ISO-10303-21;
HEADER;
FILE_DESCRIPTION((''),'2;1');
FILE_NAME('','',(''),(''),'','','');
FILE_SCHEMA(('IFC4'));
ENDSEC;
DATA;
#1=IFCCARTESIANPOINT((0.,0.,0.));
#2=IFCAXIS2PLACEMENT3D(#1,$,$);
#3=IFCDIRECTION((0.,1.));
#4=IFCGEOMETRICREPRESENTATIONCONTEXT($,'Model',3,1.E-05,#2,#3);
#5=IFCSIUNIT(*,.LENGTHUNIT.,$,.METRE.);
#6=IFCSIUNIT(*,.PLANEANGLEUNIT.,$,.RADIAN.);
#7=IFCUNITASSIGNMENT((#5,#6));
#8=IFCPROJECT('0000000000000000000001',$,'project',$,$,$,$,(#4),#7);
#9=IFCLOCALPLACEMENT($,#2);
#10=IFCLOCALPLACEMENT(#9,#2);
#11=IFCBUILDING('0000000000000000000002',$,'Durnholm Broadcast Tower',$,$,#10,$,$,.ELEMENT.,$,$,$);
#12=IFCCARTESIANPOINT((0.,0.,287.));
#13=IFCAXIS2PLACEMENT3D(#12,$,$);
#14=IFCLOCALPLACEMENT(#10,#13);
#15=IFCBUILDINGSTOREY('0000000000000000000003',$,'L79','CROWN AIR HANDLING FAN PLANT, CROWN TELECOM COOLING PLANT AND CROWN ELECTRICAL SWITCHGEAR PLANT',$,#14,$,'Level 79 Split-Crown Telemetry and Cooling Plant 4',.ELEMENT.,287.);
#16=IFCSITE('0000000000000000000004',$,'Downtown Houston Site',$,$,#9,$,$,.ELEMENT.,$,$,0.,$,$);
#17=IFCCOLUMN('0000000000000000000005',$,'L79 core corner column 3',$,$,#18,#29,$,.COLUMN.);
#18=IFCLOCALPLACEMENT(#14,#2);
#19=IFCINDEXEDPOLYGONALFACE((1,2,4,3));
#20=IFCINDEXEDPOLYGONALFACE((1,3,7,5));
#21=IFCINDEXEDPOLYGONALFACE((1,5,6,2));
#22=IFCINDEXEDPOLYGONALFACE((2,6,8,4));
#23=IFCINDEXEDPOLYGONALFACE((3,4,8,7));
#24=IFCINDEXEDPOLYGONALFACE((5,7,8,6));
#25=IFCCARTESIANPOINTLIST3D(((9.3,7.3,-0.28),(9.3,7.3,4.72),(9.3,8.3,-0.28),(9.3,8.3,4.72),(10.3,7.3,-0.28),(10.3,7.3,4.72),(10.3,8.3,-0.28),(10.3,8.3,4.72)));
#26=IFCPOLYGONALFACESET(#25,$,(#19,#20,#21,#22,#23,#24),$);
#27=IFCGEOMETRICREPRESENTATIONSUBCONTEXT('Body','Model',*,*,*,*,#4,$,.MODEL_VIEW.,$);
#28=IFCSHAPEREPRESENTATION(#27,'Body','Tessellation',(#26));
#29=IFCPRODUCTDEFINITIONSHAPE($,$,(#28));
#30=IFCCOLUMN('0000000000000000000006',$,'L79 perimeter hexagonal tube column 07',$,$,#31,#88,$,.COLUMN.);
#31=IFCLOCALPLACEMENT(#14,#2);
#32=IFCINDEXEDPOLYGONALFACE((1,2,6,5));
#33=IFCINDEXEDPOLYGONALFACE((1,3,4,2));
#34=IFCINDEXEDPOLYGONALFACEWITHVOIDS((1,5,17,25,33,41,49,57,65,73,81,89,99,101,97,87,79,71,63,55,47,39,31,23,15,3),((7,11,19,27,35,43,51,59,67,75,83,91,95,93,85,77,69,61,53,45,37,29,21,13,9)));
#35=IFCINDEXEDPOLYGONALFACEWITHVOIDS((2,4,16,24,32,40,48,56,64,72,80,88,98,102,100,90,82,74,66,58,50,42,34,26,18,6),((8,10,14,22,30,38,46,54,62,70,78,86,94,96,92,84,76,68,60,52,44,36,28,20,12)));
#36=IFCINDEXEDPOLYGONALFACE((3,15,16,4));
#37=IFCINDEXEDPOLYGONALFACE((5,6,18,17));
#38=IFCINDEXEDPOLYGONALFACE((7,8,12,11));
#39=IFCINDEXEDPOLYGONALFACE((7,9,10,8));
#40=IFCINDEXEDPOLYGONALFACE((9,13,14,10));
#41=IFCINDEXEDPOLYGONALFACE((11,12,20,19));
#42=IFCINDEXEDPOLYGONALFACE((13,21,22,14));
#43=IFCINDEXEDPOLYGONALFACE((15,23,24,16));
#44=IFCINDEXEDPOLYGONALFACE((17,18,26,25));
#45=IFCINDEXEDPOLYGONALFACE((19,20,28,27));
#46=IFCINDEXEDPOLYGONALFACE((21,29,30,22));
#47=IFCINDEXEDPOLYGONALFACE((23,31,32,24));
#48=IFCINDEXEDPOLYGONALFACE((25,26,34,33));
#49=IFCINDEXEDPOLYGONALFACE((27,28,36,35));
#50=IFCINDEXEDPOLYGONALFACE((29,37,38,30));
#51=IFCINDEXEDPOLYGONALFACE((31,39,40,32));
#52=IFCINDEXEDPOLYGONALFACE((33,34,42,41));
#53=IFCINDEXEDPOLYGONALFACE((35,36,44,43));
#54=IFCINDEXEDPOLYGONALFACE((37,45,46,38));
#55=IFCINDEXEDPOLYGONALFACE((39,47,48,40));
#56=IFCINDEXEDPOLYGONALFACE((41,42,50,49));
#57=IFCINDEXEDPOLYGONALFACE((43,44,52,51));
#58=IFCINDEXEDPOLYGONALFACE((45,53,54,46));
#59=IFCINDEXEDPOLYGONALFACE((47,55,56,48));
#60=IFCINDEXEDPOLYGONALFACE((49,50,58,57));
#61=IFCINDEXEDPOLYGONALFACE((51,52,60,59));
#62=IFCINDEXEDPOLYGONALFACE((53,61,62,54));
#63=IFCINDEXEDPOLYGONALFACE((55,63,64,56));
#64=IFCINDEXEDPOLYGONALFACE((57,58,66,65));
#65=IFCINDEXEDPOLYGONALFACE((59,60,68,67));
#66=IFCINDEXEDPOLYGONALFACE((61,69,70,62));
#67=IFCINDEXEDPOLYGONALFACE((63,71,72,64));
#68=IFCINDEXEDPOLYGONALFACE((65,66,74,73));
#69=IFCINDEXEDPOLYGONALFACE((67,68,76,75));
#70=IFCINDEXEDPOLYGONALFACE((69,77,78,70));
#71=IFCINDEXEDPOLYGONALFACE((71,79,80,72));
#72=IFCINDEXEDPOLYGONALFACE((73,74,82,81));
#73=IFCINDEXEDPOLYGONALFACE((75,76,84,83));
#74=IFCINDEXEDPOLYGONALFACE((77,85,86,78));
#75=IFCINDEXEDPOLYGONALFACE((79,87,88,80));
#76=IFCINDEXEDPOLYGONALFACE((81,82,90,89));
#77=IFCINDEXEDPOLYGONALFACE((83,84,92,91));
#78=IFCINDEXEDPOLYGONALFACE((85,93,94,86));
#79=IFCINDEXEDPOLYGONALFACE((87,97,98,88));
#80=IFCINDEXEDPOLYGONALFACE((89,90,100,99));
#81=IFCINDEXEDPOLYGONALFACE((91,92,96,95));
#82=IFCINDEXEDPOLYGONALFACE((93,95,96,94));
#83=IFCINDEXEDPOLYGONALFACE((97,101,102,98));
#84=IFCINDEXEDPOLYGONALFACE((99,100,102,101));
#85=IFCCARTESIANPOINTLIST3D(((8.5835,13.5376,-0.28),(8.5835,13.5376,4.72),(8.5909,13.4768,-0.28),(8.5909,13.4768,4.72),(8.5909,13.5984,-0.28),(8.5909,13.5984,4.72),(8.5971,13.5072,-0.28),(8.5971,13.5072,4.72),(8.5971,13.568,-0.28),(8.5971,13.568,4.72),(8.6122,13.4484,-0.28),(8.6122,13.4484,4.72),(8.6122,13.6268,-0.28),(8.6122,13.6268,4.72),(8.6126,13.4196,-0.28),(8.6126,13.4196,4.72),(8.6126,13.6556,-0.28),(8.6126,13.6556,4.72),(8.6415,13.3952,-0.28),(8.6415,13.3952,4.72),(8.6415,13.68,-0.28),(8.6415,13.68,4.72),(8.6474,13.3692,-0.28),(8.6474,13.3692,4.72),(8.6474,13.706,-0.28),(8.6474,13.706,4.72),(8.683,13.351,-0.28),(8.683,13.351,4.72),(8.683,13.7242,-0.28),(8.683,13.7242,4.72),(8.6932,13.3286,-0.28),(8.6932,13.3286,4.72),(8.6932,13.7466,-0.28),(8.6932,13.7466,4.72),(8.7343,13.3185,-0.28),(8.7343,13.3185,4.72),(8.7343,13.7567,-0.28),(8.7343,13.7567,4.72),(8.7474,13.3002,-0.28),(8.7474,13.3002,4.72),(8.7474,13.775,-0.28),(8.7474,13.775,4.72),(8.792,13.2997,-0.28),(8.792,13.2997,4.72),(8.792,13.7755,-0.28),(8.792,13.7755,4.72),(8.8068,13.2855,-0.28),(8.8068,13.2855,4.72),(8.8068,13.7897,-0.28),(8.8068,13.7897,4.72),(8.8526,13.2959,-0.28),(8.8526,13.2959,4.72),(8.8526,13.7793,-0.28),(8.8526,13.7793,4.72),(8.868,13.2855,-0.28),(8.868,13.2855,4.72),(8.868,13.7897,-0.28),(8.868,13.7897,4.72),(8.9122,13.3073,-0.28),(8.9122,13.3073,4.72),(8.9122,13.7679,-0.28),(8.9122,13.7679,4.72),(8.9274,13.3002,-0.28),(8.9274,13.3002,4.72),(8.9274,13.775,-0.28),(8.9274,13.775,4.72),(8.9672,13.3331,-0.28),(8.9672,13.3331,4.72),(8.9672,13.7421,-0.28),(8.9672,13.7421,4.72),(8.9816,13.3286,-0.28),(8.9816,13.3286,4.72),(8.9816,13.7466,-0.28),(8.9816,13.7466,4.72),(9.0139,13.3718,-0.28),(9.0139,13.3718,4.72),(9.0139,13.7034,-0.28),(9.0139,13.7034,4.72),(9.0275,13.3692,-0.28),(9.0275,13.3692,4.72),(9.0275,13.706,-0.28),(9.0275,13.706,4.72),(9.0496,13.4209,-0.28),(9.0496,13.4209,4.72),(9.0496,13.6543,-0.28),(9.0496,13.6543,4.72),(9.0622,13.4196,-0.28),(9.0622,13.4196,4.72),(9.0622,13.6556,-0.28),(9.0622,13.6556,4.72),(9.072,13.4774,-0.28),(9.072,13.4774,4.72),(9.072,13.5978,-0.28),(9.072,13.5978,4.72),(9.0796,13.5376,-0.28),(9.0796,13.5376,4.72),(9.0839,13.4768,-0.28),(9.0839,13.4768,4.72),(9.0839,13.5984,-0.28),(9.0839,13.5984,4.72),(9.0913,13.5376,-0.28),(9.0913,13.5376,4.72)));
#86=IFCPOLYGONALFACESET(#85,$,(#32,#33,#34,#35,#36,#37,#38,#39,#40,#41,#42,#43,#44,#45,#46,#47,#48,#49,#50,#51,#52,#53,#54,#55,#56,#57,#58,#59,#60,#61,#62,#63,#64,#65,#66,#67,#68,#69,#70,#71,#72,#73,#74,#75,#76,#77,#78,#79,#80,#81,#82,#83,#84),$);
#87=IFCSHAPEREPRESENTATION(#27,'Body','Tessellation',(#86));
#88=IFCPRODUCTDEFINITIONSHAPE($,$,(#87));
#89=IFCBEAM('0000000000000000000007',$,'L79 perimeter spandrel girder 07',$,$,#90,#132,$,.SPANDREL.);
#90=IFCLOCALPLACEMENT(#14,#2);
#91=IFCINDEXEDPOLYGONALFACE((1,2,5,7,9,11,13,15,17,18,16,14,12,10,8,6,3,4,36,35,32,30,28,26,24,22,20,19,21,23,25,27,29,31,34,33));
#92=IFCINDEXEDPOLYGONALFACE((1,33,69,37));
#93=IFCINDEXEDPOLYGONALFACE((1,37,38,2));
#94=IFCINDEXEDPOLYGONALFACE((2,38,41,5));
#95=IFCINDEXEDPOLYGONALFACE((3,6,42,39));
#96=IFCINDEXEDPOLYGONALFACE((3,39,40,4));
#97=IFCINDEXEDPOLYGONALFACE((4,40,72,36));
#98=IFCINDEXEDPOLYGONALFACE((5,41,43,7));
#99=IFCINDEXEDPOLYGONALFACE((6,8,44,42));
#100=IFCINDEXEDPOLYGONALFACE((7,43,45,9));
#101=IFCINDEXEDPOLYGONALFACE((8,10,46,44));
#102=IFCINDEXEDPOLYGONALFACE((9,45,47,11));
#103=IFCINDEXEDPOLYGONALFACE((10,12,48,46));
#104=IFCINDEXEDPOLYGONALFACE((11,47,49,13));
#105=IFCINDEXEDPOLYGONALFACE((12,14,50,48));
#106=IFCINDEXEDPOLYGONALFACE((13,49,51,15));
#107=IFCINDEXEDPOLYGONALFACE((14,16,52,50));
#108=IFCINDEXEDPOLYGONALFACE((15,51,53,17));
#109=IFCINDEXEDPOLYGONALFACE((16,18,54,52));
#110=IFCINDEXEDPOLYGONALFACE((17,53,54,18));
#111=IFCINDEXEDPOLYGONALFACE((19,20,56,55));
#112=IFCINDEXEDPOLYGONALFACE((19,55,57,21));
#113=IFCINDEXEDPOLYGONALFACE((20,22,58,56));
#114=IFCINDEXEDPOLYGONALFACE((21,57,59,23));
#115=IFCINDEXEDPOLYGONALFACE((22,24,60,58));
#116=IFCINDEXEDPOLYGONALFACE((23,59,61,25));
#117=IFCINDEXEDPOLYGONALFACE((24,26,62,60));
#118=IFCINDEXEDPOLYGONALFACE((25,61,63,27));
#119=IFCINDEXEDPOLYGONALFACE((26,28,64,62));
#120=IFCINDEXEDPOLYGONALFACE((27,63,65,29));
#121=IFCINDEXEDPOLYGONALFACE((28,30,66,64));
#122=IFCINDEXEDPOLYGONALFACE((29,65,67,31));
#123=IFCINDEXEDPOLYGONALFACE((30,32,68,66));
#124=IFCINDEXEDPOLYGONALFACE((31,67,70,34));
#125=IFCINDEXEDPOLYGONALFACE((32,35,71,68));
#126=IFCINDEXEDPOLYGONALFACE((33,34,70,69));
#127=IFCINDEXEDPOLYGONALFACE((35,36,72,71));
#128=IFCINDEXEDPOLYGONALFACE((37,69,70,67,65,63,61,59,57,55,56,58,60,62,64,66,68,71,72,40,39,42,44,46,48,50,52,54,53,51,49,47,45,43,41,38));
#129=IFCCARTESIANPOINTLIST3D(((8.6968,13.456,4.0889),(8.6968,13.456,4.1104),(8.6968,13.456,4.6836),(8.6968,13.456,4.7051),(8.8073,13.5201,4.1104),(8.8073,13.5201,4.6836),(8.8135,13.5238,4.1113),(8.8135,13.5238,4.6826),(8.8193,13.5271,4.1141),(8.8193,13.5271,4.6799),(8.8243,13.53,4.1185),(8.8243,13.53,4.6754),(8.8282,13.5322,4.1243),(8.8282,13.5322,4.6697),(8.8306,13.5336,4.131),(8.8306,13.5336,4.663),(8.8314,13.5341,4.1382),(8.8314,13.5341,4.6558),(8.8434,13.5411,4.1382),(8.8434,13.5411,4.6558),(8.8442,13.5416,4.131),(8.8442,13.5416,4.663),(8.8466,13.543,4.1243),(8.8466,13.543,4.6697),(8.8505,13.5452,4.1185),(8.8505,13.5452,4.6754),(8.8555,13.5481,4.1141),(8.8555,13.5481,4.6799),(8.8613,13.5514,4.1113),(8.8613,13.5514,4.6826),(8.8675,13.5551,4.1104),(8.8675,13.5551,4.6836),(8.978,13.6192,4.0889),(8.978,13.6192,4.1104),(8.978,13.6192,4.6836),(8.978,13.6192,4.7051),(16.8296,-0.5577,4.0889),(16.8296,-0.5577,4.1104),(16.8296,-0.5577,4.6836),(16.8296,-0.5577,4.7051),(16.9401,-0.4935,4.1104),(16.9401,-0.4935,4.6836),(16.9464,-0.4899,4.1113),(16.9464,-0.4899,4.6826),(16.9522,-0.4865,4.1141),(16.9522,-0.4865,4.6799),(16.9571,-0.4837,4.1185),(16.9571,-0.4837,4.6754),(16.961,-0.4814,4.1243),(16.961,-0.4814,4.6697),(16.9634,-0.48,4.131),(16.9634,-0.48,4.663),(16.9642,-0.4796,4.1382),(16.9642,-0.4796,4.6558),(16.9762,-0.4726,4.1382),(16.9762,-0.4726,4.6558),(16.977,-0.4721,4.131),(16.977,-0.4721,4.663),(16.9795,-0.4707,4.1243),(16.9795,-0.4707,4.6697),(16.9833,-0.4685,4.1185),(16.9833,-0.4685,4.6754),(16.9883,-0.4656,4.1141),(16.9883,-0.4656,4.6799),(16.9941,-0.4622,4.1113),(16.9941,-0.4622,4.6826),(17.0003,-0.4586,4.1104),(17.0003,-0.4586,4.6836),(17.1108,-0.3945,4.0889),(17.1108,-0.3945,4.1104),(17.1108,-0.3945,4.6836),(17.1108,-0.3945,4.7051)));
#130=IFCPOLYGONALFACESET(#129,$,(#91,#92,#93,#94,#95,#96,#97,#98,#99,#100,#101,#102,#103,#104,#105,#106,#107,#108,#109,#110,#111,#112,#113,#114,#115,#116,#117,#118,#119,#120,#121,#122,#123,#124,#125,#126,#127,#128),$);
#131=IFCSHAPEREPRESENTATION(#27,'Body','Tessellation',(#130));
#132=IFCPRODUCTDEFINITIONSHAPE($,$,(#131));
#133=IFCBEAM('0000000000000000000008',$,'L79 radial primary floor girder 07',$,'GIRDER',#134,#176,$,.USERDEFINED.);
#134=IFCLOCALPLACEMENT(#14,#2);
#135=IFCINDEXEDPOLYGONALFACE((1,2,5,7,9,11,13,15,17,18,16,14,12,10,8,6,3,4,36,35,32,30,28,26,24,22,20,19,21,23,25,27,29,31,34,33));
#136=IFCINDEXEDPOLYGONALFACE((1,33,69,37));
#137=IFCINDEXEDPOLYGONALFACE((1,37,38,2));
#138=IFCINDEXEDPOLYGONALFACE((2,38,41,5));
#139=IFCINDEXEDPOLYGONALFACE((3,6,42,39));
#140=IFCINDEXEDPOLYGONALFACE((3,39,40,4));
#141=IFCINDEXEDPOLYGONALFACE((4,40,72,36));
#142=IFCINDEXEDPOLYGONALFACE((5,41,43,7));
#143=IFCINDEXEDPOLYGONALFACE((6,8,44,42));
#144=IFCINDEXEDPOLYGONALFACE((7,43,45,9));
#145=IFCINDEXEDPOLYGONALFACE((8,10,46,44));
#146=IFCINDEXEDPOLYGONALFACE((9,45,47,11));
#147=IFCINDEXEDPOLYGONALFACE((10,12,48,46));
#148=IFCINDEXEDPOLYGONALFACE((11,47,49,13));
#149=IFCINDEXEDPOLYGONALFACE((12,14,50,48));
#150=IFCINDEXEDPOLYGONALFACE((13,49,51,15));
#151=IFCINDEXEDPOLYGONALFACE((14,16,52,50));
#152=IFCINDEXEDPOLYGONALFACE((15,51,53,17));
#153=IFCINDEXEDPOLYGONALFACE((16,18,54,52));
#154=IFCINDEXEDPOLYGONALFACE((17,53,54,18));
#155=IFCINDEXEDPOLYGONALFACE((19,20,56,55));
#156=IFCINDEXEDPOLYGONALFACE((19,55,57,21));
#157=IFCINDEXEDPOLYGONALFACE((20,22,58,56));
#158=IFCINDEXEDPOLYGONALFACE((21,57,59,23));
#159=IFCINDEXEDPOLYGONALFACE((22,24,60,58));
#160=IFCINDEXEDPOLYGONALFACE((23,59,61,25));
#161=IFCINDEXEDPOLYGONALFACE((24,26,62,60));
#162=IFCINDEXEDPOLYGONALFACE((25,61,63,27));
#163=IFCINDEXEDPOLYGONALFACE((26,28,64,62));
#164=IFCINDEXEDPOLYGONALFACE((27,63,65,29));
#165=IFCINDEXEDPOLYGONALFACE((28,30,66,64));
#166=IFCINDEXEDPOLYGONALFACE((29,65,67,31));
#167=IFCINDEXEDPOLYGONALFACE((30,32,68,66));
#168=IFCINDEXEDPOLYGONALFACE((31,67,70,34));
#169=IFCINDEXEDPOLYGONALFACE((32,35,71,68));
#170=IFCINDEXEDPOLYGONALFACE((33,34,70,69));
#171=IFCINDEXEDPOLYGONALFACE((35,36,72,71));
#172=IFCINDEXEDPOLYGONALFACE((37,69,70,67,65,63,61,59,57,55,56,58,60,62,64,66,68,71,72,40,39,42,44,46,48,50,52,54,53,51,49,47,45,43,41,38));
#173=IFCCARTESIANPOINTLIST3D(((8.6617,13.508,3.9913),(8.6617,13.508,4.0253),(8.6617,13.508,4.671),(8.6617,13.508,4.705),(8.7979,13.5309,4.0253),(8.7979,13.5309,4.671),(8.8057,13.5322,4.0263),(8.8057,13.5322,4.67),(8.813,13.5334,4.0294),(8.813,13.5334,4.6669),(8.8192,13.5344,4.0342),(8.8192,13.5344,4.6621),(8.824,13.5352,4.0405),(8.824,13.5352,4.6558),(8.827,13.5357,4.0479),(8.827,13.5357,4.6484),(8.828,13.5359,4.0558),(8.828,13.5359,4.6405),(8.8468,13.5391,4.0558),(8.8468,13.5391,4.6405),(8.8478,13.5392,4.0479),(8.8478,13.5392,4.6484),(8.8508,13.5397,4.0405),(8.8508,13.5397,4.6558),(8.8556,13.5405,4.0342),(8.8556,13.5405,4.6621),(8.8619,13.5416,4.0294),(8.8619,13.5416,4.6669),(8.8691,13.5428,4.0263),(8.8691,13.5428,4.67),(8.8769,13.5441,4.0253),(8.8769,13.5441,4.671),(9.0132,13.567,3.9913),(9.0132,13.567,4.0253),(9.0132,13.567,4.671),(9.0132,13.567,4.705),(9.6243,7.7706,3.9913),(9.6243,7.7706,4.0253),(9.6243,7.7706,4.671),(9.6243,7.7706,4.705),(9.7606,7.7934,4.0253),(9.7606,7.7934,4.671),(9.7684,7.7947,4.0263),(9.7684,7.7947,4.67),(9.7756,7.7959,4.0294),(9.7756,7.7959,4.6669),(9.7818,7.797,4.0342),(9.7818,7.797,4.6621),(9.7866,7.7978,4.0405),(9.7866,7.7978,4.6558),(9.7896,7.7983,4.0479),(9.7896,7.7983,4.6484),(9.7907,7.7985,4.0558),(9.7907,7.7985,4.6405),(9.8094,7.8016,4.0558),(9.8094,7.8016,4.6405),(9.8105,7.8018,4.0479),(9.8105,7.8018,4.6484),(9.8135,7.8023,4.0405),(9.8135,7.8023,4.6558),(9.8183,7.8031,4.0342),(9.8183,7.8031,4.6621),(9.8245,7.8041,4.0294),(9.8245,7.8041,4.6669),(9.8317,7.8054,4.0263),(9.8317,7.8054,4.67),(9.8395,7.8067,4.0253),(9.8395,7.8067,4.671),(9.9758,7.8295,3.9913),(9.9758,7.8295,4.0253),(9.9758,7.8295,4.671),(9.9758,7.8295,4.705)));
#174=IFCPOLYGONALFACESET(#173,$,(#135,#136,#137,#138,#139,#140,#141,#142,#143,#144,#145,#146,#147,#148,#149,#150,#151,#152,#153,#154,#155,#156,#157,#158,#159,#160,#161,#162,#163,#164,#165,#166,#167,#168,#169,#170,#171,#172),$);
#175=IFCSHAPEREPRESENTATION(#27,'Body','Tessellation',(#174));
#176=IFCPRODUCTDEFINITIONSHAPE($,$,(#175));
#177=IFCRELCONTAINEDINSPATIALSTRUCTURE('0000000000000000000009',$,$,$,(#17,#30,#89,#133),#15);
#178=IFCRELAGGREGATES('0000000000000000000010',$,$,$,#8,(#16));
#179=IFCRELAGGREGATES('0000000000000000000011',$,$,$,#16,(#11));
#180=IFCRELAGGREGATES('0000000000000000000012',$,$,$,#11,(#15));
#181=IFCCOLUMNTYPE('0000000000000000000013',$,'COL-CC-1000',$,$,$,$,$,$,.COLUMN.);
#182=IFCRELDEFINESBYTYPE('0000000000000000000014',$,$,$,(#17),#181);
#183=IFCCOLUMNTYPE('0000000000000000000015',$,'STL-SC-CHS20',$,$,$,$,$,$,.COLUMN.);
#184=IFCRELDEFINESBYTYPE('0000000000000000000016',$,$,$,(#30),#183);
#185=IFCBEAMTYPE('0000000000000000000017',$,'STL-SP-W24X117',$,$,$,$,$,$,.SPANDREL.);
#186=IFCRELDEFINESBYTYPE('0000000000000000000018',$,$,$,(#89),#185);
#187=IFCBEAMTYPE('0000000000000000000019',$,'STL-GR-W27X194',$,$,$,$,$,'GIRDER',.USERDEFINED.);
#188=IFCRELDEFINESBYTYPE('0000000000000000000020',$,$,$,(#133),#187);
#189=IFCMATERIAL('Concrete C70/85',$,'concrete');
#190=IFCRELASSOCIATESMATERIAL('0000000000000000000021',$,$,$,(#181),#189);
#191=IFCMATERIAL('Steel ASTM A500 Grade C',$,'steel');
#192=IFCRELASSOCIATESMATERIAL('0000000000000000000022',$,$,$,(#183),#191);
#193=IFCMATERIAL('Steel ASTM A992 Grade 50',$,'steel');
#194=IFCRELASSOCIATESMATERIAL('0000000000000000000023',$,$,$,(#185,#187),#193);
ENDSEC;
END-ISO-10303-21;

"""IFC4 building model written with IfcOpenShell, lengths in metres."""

from ifc_helpers import new_model, si_unit, direction, frame, origin, origin_2d, place, context, subcontext, project, spatial, rectangle, hollow_circle, i_section, extrude, source, transform, mapped, material, material_profile, profile_set, type_object, type_shapes, element, save


model = new_model("IFC4")

# Units and contexts
model_context = context("Model", 3, precision=1e-05, world=origin(), true_north=direction((0.0, 1.0)))
body_context = subcontext(model_context, "Body", "Model", "MODEL_VIEW")
ifc_project = project(units=[si_unit("LENGTHUNIT", "METRE"), si_unit("PLANEANGLEUNIT", "RADIAN")], contexts=[model_context])

# Site, building, storey
site_placement = place(None, origin())
site = spatial("IfcSite", under=ifc_project, at=site_placement, Name="Downtown Houston Site", CompositionType="ELEMENT", RefElevation=0.0)
building_placement = place(site_placement, origin())
building = spatial("IfcBuilding", under=site, at=building_placement, Name="Durnholm Broadcast Tower", CompositionType="ELEMENT")
storey_placement = place(building_placement, frame((0.0, 0.0, 287.0)))
storey = spatial("IfcBuildingStorey", under=building, at=storey_placement, Name="L79", Description="CROWN AIR HANDLING FAN PLANT, CROWN TELECOM COOLING PLANT AND CROWN ELECTRICAL SWITCHGEAR PLANT", LongName="Level 79 Split-Crown Telemetry and Cooling Plant 4", CompositionType="ELEMENT", Elevation=287.0)

# Columns
ifc_material_1 = material(Name="Concrete C70/85", Category="concrete")
ifc_material_profile_1 = material_profile(ifc_material_1, rectangle(XDim=1.0, YDim=1.0, at=origin_2d()), Name="RC1000X1000")
ifc_profile_set_1 = profile_set([ifc_material_profile_1], Name="Concrete C70/85")
column_type_1 = type_object("IfcColumnType", Name="COL-CC-1000", PredefinedType="COLUMN", material=ifc_profile_set_1)
shared_shape_1 = source(origin(), body_context, "Body", "SweptSolid", [
    extrude(rectangle(XDim=1.0, YDim=1.0, at=origin_2d()), origin(), (0.0, 0.0, 1.0), 5.0),
])
type_shapes(column_type_1, [shared_shape_1])
column_1_placement = place(storey_placement, frame((9.8, 7.8, -0.28), z_axis=(0.0, 0.0, 1.0), x_axis=(1.0, 0.0, 0.0)))
element("IfcColumn", 1, at=column_1_placement, inside=storey, type_object=column_type_1, Name="L79 core corner column 3", PredefinedType="COLUMN", context=body_context, shape_type="MappedRepresentation", body=[
    mapped(shared_shape_1, transform((0.0, 0.0, 0.0), x_axis=(1.0, 0.0, 0.0), y_axis=(0.0, 1.0, 0.0), z_axis=(0.0, 0.0, 1.0), scale=1.0)),
])
ifc_material_2 = material(Name="Steel ASTM A500 Grade C", Category="steel")
ifc_material_profile_2 = material_profile(ifc_material_2, hollow_circle(Radius=0.2539, WallThickness=0.0117, at=origin_2d()), Name="HSS20.000X0.500")
ifc_profile_set_2 = profile_set([ifc_material_profile_2], Name="Steel ASTM A500 Grade C")
column_type_2 = type_object("IfcColumnType", Name="STL-SC-CHS20", PredefinedType="COLUMN", material=ifc_profile_set_2)
shared_shape_2 = source(origin(), body_context, "Body", "SweptSolid", [
    extrude(hollow_circle(Radius=0.2539, WallThickness=0.0117, at=origin_2d()), origin(), (0.0, 0.0, 1.0), 5.0),
])
type_shapes(column_type_2, [shared_shape_2])
column_2_placement = place(storey_placement, frame((8.8374, 13.5376, -0.28), z_axis=(0.0, 0.0, 1.0), x_axis=(1.0, 0.0, 0.0)))
element("IfcColumn", 2, at=column_2_placement, inside=storey, type_object=column_type_2, Name="L79 perimeter hexagonal tube column 07", PredefinedType="COLUMN", context=body_context, shape_type="MappedRepresentation", body=[
    mapped(shared_shape_2, transform((0.0, 0.0, 0.0), x_axis=(1.0, 0.0, 0.0), y_axis=(0.0, 1.0, 0.0), z_axis=(0.0, 0.0, 1.0), scale=1.0)),
])

# Beams
ifc_material_3 = material(Name="Steel ASTM A992 Grade 50", Category="steel")
ifc_material_profile_3 = material_profile(ifc_material_3, i_section(OverallWidth=0.3252, OverallDepth=0.6162, WebThickness=0.0139, FlangeThickness=0.0215, FilletRadius=0.0278, at=origin_2d()), Name="W24X117")
ifc_profile_set_3 = profile_set([ifc_material_profile_3], Name="Steel ASTM A992 Grade 50")
beam_type_1 = type_object("IfcBeamType", Name="STL-SP-W24X117", PredefinedType="SPANDREL", material=ifc_profile_set_3)
shared_shape_3 = source(origin(), body_context, "Body", "SweptSolid", [
    extrude(i_section(OverallWidth=0.3252, OverallDepth=0.6162, WebThickness=0.0139, FlangeThickness=0.0215, FilletRadius=0.0278, at=origin_2d()), origin(), (0.0, 0.0, 1.0), 16.2026),
])
type_shapes(beam_type_1, [shared_shape_3])
beam_1_placement = place(storey_placement, frame((8.8374, 13.5376, 4.397), z_axis=(0.501944, -0.8649, 0.0), x_axis=(0.8649, 0.501944, 0.0)))
element("IfcBeam", 3, at=beam_1_placement, inside=storey, type_object=beam_type_1, Name="L79 perimeter spandrel girder 07", PredefinedType="SPANDREL", context=body_context, shape_type="MappedRepresentation", body=[
    mapped(shared_shape_3, transform((0.0, 0.0, 0.0), x_axis=(1.0, 0.0, 0.0), y_axis=(0.0, 1.0, 0.0), z_axis=(0.0, 0.0, 1.0), scale=1.0)),
])
ifc_material_profile_4 = material_profile(ifc_material_3, i_section(OverallWidth=0.3564, OverallDepth=0.7136, WebThickness=0.019, FlangeThickness=0.0339, FilletRadius=0.0305, at=origin_2d()), Name="W27X194")
ifc_profile_set_4 = profile_set([ifc_material_profile_4], Name="Steel ASTM A992 Grade 50")
beam_type_2 = type_object("IfcBeamType", Name="STL-GR-W27X194", ElementType="GIRDER", PredefinedType="USERDEFINED", material=ifc_profile_set_4)
shared_shape_4 = source(origin(), body_context, "Body", "SweptSolid", [
    extrude(i_section(OverallWidth=0.3564, OverallDepth=0.7136, WebThickness=0.019, FlangeThickness=0.0339, FilletRadius=0.0305, at=origin_2d()), origin(), (0.0, 0.0, 1.0), 5.8176),
])
beam_2_placement = place(storey_placement, frame((9.8, 7.8, 4.3481), z_axis=(-0.165467, 0.986215, 0.0), x_axis=(-0.986215, -0.165467, 0.0)))
element("IfcBeam", 4, at=beam_2_placement, inside=storey, type_object=beam_type_2, Name="L79 radial primary floor girder 07", ObjectType="GIRDER", PredefinedType="USERDEFINED", context=body_context, shape_type="MappedRepresentation", body=[
    mapped(shared_shape_4, transform((0.0, 0.0, 0.0), x_axis=(1.0, 0.0, 0.0), y_axis=(0.0, 1.0, 0.0), z_axis=(0.0, 0.0, 1.0), scale=1.0)),
])

save(model, "model.ifc")
